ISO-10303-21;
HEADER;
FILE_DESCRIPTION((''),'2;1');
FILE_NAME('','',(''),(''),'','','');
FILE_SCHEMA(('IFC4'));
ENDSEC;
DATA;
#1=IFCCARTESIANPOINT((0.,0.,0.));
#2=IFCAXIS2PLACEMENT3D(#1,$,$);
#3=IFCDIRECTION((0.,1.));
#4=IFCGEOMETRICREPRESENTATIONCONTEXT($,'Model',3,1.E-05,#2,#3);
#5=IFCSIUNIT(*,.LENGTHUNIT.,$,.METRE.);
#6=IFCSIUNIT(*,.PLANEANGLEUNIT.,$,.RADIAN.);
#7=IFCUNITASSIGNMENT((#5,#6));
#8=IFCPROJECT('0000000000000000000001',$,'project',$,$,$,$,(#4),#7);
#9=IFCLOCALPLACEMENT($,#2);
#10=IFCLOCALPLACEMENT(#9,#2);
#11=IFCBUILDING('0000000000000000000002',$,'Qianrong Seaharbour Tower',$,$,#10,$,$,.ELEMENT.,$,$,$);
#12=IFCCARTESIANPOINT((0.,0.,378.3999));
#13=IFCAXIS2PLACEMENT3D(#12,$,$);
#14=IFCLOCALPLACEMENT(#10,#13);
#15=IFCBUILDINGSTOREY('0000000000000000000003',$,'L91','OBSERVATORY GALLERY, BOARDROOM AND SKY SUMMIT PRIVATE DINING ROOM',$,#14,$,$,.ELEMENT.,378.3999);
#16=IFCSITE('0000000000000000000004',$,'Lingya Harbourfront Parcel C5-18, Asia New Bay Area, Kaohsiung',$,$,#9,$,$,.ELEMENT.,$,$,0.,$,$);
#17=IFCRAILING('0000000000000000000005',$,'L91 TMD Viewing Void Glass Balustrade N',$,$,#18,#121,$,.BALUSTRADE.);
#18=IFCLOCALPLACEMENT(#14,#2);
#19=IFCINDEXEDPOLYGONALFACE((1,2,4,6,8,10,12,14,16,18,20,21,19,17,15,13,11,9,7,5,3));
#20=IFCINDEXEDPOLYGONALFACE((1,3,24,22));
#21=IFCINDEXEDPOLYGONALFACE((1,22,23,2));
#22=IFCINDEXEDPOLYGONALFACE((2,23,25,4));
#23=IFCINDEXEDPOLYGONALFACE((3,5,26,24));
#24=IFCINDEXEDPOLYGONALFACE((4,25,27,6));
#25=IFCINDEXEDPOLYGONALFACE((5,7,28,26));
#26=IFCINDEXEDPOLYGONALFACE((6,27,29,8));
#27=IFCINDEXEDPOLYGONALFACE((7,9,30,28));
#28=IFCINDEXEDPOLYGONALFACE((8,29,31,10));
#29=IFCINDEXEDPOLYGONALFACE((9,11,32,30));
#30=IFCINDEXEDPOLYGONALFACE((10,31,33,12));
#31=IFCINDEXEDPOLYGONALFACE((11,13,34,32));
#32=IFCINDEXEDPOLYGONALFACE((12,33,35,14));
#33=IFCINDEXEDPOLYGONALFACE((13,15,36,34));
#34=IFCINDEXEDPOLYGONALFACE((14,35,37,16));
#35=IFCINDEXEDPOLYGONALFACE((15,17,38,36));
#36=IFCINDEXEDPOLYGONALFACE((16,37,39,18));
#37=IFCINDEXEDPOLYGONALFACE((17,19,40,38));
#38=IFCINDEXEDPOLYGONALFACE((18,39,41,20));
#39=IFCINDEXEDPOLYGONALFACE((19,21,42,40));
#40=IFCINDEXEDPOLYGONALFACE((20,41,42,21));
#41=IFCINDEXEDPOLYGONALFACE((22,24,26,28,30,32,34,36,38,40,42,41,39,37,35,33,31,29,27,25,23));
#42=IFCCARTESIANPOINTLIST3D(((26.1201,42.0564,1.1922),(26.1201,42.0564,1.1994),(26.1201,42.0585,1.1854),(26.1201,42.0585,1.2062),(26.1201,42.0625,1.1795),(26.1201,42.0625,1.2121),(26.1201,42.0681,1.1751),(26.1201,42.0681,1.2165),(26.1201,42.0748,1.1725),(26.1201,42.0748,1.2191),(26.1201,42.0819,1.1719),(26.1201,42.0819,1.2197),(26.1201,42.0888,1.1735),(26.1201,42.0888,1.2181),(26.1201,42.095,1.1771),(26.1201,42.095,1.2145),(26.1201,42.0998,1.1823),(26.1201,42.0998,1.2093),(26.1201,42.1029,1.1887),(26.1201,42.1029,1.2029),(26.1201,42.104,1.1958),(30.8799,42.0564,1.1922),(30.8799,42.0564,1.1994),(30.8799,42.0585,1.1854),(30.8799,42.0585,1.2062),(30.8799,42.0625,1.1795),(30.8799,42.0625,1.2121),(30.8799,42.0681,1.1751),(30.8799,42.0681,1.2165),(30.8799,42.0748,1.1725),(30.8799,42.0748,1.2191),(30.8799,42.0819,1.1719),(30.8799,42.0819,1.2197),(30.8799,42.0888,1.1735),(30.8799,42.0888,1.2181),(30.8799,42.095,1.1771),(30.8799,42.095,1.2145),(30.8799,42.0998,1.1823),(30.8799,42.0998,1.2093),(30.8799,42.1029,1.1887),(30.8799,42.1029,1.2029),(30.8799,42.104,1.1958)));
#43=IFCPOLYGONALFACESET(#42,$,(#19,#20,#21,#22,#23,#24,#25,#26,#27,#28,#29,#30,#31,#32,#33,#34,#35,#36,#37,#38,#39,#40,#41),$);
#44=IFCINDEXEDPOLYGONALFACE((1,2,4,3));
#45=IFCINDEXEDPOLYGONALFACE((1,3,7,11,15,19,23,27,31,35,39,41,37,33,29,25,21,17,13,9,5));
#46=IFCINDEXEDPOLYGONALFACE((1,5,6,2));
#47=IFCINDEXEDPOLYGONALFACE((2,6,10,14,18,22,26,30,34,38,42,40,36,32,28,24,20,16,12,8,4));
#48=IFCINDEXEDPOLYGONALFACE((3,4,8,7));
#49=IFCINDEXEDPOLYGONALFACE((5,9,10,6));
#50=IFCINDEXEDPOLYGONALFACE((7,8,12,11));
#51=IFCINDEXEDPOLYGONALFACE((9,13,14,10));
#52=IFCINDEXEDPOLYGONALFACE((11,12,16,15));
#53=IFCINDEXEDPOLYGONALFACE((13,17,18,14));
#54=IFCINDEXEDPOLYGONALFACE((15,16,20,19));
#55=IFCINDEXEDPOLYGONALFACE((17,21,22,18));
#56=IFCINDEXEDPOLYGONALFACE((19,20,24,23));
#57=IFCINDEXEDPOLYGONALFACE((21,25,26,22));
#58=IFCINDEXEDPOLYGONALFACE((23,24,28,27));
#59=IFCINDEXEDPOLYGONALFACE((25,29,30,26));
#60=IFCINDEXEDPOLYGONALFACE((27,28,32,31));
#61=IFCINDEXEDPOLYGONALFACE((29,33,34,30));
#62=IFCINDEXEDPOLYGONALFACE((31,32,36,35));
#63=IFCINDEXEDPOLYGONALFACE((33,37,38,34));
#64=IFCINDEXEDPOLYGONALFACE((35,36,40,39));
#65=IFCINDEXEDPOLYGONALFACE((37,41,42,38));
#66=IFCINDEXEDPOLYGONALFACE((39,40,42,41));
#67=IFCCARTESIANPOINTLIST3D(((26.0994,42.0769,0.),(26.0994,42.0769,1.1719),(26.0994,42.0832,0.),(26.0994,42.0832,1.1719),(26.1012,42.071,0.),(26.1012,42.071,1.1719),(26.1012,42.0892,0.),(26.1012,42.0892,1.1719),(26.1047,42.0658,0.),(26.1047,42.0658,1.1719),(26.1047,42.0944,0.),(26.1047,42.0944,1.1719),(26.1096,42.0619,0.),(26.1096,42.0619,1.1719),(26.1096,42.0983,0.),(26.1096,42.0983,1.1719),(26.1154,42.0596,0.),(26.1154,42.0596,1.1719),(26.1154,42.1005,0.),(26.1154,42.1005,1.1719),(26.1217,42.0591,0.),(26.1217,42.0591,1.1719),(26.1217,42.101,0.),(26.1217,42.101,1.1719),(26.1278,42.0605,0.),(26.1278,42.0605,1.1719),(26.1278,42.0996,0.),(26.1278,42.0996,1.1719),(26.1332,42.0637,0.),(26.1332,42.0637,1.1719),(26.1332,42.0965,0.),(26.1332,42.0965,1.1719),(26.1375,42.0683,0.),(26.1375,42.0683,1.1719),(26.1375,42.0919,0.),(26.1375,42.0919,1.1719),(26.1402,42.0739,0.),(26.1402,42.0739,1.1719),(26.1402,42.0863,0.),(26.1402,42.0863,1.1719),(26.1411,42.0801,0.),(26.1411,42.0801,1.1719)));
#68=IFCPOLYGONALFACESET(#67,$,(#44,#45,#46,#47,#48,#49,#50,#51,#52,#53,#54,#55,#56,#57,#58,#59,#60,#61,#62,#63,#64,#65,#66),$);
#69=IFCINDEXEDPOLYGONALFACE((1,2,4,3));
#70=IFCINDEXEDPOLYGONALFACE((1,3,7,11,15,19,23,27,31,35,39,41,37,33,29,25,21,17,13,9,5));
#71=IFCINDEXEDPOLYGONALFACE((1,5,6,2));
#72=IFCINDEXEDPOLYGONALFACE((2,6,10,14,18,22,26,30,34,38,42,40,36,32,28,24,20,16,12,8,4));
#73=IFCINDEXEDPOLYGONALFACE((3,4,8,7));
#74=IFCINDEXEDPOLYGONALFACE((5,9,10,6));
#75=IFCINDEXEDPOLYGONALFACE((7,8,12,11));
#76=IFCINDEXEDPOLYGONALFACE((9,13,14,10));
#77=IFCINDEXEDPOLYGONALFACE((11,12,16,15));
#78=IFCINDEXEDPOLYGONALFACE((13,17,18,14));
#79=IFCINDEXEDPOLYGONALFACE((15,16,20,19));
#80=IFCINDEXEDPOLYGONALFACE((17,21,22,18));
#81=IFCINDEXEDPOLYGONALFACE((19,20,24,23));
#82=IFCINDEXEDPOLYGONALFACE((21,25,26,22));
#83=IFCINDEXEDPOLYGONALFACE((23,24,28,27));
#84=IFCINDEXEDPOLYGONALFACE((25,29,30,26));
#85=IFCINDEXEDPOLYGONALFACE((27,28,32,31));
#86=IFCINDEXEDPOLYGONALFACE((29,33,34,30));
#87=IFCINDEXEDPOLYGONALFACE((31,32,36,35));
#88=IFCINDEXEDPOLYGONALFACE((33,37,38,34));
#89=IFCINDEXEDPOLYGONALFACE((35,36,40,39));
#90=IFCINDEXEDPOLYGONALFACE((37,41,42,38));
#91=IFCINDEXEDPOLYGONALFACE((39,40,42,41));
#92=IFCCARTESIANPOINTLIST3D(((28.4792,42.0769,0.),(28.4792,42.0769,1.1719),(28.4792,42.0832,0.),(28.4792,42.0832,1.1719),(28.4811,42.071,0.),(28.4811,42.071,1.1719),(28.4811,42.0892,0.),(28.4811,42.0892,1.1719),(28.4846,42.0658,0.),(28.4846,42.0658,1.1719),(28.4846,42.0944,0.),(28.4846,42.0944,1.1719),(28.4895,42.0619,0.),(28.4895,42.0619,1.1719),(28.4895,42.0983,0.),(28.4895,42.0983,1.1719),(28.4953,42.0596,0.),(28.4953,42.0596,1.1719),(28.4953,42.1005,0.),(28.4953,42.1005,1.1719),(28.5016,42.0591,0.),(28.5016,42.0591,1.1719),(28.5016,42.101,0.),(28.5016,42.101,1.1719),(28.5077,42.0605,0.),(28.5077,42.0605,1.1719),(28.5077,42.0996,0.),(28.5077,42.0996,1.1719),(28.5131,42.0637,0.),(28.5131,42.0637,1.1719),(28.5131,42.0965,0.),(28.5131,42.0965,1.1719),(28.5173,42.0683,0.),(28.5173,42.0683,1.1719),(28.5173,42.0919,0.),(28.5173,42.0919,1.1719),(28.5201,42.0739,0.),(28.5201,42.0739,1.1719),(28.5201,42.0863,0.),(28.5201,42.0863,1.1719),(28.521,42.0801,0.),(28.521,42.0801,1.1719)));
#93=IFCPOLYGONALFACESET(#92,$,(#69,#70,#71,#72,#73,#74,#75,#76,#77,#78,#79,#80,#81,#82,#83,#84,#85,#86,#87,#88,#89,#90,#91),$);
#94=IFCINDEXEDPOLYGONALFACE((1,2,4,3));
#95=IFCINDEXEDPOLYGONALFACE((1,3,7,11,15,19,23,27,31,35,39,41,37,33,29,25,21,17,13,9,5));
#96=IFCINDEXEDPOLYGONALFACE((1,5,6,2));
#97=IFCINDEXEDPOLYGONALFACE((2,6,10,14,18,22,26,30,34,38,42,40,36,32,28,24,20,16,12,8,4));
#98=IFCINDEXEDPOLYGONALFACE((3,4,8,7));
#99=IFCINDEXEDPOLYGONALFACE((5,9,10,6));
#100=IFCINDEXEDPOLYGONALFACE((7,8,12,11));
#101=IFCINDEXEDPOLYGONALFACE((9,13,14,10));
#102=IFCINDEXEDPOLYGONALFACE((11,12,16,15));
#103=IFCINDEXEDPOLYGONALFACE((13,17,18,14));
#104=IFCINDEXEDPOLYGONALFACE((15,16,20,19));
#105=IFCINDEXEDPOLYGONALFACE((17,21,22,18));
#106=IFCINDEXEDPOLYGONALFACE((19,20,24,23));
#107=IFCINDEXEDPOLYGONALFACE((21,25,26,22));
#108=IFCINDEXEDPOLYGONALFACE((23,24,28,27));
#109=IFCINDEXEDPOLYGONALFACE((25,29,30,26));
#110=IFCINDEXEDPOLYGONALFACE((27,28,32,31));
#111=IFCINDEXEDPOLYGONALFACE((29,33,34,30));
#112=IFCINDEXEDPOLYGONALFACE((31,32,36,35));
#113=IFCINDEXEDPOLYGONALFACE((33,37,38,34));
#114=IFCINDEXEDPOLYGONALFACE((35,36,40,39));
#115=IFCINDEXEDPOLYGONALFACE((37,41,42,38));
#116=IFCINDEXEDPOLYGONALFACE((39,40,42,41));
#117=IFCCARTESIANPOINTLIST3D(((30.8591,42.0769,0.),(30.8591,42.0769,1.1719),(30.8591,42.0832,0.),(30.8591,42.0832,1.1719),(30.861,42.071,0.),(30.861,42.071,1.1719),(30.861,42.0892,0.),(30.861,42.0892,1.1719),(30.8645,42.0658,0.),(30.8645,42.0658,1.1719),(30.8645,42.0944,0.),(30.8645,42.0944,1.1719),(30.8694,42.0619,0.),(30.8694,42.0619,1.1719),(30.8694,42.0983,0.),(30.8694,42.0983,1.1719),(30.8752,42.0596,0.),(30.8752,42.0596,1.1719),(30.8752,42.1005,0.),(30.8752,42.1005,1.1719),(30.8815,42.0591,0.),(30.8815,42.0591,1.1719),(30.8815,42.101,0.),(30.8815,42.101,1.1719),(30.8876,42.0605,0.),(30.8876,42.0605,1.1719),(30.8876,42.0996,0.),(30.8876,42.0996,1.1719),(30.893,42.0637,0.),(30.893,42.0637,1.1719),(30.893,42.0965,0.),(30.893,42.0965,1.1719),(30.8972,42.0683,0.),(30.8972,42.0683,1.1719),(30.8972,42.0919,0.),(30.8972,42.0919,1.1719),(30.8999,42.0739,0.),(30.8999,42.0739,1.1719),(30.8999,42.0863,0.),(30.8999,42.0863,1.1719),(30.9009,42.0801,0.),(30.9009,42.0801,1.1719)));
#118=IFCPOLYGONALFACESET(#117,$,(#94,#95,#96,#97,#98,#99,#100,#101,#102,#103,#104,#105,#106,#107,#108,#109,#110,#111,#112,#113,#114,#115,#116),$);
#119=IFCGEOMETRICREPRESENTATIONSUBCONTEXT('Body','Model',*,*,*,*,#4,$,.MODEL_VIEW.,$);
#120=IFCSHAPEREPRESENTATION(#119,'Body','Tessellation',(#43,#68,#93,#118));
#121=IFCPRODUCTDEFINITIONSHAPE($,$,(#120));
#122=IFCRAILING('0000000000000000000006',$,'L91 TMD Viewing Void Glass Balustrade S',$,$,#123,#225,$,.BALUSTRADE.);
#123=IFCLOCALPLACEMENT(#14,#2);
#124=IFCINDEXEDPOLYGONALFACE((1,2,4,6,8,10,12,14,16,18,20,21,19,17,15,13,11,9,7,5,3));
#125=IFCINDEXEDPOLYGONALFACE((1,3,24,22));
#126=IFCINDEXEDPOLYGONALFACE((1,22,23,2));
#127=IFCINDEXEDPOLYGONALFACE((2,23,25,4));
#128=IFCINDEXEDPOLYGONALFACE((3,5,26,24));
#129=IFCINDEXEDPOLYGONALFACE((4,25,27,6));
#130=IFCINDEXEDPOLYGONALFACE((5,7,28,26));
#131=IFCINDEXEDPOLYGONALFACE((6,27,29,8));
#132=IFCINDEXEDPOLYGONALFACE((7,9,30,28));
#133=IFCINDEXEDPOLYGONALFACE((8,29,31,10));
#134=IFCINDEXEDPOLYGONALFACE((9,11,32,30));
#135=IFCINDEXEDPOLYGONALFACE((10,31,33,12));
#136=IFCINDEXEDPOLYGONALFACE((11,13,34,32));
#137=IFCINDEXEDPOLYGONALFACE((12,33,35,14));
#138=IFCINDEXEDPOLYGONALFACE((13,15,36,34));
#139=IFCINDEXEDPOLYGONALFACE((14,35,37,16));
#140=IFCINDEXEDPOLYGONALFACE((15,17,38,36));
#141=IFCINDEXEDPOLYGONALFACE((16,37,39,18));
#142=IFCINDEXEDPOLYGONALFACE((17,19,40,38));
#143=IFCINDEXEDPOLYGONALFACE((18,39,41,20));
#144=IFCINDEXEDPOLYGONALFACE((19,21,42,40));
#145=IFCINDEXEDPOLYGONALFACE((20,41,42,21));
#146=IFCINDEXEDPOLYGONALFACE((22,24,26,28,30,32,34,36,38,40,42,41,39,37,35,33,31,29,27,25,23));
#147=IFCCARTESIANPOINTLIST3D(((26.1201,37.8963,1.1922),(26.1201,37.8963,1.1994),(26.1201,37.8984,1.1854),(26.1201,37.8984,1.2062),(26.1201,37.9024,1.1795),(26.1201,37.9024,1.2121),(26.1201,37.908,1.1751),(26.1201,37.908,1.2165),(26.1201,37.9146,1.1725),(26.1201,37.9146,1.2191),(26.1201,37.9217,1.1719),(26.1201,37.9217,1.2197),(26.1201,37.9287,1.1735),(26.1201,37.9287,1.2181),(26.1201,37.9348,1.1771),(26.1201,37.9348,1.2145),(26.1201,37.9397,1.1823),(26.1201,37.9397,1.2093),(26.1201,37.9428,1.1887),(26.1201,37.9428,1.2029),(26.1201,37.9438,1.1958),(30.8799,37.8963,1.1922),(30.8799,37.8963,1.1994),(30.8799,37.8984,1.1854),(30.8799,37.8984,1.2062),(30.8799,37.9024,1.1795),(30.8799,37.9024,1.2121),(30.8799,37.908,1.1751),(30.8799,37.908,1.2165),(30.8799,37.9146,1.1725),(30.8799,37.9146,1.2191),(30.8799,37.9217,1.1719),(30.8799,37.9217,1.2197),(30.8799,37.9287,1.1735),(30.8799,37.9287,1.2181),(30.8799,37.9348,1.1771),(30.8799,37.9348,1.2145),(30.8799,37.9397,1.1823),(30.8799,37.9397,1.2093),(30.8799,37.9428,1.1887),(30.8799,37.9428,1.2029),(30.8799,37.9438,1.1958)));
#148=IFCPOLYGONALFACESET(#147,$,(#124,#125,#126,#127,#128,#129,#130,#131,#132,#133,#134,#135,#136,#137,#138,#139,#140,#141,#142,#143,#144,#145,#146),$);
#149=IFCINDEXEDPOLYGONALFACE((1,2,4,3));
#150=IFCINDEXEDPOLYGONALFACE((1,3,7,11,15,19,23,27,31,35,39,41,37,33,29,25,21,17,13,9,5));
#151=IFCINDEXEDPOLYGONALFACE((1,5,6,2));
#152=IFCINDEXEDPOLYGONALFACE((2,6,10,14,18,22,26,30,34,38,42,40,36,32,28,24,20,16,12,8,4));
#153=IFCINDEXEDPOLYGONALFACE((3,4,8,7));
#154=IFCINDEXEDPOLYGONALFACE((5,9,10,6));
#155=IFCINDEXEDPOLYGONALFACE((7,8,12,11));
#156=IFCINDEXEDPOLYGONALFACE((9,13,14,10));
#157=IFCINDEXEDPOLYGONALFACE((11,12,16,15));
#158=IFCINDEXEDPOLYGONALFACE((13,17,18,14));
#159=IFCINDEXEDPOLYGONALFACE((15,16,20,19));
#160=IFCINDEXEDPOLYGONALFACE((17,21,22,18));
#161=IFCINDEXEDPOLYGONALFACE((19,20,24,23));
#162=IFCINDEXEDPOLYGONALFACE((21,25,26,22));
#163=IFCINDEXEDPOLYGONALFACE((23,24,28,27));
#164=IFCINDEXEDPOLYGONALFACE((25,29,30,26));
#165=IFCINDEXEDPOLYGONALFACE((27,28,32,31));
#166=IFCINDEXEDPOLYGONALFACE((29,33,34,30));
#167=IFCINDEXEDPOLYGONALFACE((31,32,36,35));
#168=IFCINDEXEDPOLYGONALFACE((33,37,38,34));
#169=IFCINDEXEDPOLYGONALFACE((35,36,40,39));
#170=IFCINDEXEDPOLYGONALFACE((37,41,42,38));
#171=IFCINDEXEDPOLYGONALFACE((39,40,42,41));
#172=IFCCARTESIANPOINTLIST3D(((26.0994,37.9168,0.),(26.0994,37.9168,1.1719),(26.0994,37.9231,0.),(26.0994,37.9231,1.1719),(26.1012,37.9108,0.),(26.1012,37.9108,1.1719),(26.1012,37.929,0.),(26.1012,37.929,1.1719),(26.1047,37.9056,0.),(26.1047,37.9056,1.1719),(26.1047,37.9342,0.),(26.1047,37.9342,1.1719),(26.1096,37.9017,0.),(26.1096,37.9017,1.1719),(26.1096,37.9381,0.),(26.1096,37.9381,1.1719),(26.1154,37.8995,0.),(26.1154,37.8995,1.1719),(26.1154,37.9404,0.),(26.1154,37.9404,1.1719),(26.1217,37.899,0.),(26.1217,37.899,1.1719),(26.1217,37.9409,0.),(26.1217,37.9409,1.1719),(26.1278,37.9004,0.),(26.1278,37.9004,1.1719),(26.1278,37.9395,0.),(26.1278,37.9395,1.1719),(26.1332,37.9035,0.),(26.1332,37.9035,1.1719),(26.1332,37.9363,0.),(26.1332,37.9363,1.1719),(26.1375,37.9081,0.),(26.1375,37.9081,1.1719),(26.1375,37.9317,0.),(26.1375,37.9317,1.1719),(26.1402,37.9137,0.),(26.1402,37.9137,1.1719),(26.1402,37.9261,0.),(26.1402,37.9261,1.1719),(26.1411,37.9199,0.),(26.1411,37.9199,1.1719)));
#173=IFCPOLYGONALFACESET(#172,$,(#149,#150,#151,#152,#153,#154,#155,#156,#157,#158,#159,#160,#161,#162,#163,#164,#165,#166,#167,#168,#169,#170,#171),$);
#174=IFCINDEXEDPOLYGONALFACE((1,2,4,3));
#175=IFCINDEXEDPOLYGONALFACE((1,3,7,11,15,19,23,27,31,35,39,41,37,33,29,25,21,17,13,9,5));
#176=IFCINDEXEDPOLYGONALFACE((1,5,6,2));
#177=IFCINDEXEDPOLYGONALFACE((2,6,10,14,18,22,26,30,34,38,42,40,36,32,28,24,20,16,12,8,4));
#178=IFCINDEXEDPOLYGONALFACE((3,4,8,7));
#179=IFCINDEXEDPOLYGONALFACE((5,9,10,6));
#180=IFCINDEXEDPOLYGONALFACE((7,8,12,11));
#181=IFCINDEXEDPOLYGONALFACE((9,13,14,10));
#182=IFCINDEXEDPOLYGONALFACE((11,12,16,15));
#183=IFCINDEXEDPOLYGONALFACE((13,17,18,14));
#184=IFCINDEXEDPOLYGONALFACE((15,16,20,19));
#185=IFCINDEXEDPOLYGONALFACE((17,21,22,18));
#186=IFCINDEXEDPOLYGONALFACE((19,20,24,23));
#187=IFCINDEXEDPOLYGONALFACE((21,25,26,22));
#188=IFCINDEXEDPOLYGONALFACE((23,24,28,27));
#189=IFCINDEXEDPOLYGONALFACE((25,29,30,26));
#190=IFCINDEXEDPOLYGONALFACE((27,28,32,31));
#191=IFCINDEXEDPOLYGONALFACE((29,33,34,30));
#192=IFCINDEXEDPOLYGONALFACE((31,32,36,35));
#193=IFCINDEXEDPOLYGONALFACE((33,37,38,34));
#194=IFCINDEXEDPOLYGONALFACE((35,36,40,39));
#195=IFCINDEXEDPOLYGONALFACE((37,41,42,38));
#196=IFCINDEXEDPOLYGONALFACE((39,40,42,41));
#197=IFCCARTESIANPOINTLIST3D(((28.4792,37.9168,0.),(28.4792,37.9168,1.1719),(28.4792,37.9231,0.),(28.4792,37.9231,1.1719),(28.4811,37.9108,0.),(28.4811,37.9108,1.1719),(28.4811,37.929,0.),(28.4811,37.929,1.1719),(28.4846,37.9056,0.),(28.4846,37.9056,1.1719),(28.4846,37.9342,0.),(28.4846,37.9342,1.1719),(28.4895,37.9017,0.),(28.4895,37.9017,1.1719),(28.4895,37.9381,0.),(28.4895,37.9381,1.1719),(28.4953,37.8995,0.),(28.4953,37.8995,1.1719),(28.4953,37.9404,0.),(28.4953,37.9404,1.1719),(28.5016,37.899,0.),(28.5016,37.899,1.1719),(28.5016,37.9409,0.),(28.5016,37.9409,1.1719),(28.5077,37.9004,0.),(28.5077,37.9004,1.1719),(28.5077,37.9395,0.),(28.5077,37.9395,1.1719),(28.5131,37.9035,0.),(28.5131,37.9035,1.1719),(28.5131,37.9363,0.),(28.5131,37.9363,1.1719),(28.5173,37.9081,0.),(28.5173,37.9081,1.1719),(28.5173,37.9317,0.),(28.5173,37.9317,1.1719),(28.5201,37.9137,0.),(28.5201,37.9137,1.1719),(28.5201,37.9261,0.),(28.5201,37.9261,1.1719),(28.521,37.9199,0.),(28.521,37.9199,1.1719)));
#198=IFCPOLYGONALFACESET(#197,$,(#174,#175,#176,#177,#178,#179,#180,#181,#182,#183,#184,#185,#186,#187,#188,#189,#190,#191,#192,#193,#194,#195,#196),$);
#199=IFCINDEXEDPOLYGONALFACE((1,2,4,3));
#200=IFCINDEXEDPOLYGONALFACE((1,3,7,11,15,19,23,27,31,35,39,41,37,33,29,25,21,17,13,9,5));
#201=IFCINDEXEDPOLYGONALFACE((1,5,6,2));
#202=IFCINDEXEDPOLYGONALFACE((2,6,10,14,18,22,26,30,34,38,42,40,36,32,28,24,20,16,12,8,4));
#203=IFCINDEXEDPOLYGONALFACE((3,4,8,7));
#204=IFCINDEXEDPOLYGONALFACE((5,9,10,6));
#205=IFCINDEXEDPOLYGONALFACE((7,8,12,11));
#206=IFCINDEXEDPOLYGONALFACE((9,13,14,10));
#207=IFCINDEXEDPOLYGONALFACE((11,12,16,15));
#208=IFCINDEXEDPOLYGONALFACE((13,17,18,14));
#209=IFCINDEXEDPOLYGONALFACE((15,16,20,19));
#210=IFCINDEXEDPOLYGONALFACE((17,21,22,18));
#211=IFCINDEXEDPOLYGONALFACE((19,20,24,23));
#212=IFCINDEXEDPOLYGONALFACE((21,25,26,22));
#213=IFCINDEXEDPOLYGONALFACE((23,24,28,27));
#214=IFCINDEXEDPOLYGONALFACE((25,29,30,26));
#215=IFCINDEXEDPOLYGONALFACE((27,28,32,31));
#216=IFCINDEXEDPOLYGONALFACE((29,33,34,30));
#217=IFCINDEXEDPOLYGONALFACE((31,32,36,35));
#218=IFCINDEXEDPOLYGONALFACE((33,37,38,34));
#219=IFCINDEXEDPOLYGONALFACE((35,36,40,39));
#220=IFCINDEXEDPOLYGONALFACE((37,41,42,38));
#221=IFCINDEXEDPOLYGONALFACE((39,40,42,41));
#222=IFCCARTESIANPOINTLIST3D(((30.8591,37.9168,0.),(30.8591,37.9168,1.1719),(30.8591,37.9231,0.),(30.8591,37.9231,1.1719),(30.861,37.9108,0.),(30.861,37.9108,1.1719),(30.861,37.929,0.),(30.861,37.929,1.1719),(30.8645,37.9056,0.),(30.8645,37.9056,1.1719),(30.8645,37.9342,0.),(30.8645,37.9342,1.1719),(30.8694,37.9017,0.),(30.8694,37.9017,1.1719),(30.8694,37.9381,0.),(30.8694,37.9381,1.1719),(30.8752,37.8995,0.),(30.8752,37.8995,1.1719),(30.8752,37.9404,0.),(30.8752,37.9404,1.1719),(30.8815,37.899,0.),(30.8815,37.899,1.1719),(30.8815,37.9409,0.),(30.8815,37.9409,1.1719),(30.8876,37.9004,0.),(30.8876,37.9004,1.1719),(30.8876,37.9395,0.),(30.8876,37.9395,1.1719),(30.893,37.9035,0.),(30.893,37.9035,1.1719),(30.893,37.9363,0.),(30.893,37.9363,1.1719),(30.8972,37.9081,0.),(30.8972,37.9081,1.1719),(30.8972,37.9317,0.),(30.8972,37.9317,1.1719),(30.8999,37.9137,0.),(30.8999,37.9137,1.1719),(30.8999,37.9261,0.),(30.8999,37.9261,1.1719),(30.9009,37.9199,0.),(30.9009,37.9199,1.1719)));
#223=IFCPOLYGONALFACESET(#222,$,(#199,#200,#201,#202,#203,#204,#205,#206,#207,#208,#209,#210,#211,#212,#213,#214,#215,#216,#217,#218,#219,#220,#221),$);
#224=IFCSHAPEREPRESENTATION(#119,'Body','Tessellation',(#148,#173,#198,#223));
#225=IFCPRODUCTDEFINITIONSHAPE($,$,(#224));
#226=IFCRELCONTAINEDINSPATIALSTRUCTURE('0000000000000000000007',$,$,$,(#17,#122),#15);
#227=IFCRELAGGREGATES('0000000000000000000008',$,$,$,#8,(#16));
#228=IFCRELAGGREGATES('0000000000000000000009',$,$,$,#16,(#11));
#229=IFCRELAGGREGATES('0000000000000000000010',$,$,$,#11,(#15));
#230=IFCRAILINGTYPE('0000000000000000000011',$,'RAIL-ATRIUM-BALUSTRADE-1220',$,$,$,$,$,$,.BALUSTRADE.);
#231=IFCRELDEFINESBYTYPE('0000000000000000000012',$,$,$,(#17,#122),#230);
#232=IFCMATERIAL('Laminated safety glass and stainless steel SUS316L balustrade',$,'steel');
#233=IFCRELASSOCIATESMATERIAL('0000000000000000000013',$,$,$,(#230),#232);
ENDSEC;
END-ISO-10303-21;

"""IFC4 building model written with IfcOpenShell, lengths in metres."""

from ifc_helpers import new_model, si_unit, direction, frame, origin, origin_2d, place, context, subcontext, project, spatial, circle, extrude, material, type_object, element, save


model = new_model("IFC4")

# Units and contexts
model_context = context("Model", 3, precision=1e-05, world=origin(), true_north=direction((0.0, 1.0)))
body_context = subcontext(model_context, "Body", "Model", "MODEL_VIEW")
ifc_project = project(units=[si_unit("LENGTHUNIT", "METRE"), si_unit("PLANEANGLEUNIT", "RADIAN")], contexts=[model_context])

# Site, building, storey
site_placement = place(None, origin())
site = spatial("IfcSite", under=ifc_project, at=site_placement, Name="Lingya Harbourfront Parcel C5-18, Asia New Bay Area, Kaohsiung", CompositionType="ELEMENT", RefElevation=0.0)
building_placement = place(site_placement, origin())
building = spatial("IfcBuilding", under=site, at=building_placement, Name="Qianrong Seaharbour Tower", CompositionType="ELEMENT")
storey_placement = place(building_placement, frame((0.0, 0.0, 378.3999)))
storey = spatial("IfcBuildingStorey", under=building, at=storey_placement, Name="L91", Description="OBSERVATORY GALLERY, BOARDROOM AND SKY SUMMIT PRIVATE DINING ROOM", CompositionType="ELEMENT", Elevation=378.3999)

# Railings
ifc_material_1 = material(Name="Laminated safety glass and stainless steel SUS316L balustrade", Category="steel")
railing_type = type_object("IfcRailingType", Name="RAIL-ATRIUM-BALUSTRADE-1220", PredefinedType="BALUSTRADE", material=ifc_material_1)
for number, where, name in (
    (1, (26.1201, 42.0801, 0.0), "L91 TMD Viewing Void Glass Balustrade N"),
    (2, (26.1201, 37.9199, 0.0), "L91 TMD Viewing Void Glass Balustrade S"),
):
    element("IfcRailing", number, at=place(storey_placement, frame(where)), inside=storey, type_object=railing_type, Name=name, PredefinedType="BALUSTRADE", context=body_context, shape_type="SweptSolid", body=[
        extrude(circle(Radius=0.0239, at=origin_2d()), frame((0.0, 0.0, 1.1958), z_axis=(1.0, 0.0, 0.0), x_axis=(0.0, 1.0, 0.0)), (0.0, 0.0, 1.0), 4.7598),
        extrude(circle(Radius=0.021, at=origin_2d()), origin(), (0.0, 0.0, 1.0), 1.1719),
        extrude(circle(Radius=0.021, at=origin_2d()), frame((2.3799, 0.0, 0.0)), (0.0, 0.0, 1.0), 1.1719),
        extrude(circle(Radius=0.021, at=origin_2d()), frame((4.7598, 0.0, 0.0)), (0.0, 0.0, 1.0), 1.1719),
    ])

save(model, "model.ifc")
